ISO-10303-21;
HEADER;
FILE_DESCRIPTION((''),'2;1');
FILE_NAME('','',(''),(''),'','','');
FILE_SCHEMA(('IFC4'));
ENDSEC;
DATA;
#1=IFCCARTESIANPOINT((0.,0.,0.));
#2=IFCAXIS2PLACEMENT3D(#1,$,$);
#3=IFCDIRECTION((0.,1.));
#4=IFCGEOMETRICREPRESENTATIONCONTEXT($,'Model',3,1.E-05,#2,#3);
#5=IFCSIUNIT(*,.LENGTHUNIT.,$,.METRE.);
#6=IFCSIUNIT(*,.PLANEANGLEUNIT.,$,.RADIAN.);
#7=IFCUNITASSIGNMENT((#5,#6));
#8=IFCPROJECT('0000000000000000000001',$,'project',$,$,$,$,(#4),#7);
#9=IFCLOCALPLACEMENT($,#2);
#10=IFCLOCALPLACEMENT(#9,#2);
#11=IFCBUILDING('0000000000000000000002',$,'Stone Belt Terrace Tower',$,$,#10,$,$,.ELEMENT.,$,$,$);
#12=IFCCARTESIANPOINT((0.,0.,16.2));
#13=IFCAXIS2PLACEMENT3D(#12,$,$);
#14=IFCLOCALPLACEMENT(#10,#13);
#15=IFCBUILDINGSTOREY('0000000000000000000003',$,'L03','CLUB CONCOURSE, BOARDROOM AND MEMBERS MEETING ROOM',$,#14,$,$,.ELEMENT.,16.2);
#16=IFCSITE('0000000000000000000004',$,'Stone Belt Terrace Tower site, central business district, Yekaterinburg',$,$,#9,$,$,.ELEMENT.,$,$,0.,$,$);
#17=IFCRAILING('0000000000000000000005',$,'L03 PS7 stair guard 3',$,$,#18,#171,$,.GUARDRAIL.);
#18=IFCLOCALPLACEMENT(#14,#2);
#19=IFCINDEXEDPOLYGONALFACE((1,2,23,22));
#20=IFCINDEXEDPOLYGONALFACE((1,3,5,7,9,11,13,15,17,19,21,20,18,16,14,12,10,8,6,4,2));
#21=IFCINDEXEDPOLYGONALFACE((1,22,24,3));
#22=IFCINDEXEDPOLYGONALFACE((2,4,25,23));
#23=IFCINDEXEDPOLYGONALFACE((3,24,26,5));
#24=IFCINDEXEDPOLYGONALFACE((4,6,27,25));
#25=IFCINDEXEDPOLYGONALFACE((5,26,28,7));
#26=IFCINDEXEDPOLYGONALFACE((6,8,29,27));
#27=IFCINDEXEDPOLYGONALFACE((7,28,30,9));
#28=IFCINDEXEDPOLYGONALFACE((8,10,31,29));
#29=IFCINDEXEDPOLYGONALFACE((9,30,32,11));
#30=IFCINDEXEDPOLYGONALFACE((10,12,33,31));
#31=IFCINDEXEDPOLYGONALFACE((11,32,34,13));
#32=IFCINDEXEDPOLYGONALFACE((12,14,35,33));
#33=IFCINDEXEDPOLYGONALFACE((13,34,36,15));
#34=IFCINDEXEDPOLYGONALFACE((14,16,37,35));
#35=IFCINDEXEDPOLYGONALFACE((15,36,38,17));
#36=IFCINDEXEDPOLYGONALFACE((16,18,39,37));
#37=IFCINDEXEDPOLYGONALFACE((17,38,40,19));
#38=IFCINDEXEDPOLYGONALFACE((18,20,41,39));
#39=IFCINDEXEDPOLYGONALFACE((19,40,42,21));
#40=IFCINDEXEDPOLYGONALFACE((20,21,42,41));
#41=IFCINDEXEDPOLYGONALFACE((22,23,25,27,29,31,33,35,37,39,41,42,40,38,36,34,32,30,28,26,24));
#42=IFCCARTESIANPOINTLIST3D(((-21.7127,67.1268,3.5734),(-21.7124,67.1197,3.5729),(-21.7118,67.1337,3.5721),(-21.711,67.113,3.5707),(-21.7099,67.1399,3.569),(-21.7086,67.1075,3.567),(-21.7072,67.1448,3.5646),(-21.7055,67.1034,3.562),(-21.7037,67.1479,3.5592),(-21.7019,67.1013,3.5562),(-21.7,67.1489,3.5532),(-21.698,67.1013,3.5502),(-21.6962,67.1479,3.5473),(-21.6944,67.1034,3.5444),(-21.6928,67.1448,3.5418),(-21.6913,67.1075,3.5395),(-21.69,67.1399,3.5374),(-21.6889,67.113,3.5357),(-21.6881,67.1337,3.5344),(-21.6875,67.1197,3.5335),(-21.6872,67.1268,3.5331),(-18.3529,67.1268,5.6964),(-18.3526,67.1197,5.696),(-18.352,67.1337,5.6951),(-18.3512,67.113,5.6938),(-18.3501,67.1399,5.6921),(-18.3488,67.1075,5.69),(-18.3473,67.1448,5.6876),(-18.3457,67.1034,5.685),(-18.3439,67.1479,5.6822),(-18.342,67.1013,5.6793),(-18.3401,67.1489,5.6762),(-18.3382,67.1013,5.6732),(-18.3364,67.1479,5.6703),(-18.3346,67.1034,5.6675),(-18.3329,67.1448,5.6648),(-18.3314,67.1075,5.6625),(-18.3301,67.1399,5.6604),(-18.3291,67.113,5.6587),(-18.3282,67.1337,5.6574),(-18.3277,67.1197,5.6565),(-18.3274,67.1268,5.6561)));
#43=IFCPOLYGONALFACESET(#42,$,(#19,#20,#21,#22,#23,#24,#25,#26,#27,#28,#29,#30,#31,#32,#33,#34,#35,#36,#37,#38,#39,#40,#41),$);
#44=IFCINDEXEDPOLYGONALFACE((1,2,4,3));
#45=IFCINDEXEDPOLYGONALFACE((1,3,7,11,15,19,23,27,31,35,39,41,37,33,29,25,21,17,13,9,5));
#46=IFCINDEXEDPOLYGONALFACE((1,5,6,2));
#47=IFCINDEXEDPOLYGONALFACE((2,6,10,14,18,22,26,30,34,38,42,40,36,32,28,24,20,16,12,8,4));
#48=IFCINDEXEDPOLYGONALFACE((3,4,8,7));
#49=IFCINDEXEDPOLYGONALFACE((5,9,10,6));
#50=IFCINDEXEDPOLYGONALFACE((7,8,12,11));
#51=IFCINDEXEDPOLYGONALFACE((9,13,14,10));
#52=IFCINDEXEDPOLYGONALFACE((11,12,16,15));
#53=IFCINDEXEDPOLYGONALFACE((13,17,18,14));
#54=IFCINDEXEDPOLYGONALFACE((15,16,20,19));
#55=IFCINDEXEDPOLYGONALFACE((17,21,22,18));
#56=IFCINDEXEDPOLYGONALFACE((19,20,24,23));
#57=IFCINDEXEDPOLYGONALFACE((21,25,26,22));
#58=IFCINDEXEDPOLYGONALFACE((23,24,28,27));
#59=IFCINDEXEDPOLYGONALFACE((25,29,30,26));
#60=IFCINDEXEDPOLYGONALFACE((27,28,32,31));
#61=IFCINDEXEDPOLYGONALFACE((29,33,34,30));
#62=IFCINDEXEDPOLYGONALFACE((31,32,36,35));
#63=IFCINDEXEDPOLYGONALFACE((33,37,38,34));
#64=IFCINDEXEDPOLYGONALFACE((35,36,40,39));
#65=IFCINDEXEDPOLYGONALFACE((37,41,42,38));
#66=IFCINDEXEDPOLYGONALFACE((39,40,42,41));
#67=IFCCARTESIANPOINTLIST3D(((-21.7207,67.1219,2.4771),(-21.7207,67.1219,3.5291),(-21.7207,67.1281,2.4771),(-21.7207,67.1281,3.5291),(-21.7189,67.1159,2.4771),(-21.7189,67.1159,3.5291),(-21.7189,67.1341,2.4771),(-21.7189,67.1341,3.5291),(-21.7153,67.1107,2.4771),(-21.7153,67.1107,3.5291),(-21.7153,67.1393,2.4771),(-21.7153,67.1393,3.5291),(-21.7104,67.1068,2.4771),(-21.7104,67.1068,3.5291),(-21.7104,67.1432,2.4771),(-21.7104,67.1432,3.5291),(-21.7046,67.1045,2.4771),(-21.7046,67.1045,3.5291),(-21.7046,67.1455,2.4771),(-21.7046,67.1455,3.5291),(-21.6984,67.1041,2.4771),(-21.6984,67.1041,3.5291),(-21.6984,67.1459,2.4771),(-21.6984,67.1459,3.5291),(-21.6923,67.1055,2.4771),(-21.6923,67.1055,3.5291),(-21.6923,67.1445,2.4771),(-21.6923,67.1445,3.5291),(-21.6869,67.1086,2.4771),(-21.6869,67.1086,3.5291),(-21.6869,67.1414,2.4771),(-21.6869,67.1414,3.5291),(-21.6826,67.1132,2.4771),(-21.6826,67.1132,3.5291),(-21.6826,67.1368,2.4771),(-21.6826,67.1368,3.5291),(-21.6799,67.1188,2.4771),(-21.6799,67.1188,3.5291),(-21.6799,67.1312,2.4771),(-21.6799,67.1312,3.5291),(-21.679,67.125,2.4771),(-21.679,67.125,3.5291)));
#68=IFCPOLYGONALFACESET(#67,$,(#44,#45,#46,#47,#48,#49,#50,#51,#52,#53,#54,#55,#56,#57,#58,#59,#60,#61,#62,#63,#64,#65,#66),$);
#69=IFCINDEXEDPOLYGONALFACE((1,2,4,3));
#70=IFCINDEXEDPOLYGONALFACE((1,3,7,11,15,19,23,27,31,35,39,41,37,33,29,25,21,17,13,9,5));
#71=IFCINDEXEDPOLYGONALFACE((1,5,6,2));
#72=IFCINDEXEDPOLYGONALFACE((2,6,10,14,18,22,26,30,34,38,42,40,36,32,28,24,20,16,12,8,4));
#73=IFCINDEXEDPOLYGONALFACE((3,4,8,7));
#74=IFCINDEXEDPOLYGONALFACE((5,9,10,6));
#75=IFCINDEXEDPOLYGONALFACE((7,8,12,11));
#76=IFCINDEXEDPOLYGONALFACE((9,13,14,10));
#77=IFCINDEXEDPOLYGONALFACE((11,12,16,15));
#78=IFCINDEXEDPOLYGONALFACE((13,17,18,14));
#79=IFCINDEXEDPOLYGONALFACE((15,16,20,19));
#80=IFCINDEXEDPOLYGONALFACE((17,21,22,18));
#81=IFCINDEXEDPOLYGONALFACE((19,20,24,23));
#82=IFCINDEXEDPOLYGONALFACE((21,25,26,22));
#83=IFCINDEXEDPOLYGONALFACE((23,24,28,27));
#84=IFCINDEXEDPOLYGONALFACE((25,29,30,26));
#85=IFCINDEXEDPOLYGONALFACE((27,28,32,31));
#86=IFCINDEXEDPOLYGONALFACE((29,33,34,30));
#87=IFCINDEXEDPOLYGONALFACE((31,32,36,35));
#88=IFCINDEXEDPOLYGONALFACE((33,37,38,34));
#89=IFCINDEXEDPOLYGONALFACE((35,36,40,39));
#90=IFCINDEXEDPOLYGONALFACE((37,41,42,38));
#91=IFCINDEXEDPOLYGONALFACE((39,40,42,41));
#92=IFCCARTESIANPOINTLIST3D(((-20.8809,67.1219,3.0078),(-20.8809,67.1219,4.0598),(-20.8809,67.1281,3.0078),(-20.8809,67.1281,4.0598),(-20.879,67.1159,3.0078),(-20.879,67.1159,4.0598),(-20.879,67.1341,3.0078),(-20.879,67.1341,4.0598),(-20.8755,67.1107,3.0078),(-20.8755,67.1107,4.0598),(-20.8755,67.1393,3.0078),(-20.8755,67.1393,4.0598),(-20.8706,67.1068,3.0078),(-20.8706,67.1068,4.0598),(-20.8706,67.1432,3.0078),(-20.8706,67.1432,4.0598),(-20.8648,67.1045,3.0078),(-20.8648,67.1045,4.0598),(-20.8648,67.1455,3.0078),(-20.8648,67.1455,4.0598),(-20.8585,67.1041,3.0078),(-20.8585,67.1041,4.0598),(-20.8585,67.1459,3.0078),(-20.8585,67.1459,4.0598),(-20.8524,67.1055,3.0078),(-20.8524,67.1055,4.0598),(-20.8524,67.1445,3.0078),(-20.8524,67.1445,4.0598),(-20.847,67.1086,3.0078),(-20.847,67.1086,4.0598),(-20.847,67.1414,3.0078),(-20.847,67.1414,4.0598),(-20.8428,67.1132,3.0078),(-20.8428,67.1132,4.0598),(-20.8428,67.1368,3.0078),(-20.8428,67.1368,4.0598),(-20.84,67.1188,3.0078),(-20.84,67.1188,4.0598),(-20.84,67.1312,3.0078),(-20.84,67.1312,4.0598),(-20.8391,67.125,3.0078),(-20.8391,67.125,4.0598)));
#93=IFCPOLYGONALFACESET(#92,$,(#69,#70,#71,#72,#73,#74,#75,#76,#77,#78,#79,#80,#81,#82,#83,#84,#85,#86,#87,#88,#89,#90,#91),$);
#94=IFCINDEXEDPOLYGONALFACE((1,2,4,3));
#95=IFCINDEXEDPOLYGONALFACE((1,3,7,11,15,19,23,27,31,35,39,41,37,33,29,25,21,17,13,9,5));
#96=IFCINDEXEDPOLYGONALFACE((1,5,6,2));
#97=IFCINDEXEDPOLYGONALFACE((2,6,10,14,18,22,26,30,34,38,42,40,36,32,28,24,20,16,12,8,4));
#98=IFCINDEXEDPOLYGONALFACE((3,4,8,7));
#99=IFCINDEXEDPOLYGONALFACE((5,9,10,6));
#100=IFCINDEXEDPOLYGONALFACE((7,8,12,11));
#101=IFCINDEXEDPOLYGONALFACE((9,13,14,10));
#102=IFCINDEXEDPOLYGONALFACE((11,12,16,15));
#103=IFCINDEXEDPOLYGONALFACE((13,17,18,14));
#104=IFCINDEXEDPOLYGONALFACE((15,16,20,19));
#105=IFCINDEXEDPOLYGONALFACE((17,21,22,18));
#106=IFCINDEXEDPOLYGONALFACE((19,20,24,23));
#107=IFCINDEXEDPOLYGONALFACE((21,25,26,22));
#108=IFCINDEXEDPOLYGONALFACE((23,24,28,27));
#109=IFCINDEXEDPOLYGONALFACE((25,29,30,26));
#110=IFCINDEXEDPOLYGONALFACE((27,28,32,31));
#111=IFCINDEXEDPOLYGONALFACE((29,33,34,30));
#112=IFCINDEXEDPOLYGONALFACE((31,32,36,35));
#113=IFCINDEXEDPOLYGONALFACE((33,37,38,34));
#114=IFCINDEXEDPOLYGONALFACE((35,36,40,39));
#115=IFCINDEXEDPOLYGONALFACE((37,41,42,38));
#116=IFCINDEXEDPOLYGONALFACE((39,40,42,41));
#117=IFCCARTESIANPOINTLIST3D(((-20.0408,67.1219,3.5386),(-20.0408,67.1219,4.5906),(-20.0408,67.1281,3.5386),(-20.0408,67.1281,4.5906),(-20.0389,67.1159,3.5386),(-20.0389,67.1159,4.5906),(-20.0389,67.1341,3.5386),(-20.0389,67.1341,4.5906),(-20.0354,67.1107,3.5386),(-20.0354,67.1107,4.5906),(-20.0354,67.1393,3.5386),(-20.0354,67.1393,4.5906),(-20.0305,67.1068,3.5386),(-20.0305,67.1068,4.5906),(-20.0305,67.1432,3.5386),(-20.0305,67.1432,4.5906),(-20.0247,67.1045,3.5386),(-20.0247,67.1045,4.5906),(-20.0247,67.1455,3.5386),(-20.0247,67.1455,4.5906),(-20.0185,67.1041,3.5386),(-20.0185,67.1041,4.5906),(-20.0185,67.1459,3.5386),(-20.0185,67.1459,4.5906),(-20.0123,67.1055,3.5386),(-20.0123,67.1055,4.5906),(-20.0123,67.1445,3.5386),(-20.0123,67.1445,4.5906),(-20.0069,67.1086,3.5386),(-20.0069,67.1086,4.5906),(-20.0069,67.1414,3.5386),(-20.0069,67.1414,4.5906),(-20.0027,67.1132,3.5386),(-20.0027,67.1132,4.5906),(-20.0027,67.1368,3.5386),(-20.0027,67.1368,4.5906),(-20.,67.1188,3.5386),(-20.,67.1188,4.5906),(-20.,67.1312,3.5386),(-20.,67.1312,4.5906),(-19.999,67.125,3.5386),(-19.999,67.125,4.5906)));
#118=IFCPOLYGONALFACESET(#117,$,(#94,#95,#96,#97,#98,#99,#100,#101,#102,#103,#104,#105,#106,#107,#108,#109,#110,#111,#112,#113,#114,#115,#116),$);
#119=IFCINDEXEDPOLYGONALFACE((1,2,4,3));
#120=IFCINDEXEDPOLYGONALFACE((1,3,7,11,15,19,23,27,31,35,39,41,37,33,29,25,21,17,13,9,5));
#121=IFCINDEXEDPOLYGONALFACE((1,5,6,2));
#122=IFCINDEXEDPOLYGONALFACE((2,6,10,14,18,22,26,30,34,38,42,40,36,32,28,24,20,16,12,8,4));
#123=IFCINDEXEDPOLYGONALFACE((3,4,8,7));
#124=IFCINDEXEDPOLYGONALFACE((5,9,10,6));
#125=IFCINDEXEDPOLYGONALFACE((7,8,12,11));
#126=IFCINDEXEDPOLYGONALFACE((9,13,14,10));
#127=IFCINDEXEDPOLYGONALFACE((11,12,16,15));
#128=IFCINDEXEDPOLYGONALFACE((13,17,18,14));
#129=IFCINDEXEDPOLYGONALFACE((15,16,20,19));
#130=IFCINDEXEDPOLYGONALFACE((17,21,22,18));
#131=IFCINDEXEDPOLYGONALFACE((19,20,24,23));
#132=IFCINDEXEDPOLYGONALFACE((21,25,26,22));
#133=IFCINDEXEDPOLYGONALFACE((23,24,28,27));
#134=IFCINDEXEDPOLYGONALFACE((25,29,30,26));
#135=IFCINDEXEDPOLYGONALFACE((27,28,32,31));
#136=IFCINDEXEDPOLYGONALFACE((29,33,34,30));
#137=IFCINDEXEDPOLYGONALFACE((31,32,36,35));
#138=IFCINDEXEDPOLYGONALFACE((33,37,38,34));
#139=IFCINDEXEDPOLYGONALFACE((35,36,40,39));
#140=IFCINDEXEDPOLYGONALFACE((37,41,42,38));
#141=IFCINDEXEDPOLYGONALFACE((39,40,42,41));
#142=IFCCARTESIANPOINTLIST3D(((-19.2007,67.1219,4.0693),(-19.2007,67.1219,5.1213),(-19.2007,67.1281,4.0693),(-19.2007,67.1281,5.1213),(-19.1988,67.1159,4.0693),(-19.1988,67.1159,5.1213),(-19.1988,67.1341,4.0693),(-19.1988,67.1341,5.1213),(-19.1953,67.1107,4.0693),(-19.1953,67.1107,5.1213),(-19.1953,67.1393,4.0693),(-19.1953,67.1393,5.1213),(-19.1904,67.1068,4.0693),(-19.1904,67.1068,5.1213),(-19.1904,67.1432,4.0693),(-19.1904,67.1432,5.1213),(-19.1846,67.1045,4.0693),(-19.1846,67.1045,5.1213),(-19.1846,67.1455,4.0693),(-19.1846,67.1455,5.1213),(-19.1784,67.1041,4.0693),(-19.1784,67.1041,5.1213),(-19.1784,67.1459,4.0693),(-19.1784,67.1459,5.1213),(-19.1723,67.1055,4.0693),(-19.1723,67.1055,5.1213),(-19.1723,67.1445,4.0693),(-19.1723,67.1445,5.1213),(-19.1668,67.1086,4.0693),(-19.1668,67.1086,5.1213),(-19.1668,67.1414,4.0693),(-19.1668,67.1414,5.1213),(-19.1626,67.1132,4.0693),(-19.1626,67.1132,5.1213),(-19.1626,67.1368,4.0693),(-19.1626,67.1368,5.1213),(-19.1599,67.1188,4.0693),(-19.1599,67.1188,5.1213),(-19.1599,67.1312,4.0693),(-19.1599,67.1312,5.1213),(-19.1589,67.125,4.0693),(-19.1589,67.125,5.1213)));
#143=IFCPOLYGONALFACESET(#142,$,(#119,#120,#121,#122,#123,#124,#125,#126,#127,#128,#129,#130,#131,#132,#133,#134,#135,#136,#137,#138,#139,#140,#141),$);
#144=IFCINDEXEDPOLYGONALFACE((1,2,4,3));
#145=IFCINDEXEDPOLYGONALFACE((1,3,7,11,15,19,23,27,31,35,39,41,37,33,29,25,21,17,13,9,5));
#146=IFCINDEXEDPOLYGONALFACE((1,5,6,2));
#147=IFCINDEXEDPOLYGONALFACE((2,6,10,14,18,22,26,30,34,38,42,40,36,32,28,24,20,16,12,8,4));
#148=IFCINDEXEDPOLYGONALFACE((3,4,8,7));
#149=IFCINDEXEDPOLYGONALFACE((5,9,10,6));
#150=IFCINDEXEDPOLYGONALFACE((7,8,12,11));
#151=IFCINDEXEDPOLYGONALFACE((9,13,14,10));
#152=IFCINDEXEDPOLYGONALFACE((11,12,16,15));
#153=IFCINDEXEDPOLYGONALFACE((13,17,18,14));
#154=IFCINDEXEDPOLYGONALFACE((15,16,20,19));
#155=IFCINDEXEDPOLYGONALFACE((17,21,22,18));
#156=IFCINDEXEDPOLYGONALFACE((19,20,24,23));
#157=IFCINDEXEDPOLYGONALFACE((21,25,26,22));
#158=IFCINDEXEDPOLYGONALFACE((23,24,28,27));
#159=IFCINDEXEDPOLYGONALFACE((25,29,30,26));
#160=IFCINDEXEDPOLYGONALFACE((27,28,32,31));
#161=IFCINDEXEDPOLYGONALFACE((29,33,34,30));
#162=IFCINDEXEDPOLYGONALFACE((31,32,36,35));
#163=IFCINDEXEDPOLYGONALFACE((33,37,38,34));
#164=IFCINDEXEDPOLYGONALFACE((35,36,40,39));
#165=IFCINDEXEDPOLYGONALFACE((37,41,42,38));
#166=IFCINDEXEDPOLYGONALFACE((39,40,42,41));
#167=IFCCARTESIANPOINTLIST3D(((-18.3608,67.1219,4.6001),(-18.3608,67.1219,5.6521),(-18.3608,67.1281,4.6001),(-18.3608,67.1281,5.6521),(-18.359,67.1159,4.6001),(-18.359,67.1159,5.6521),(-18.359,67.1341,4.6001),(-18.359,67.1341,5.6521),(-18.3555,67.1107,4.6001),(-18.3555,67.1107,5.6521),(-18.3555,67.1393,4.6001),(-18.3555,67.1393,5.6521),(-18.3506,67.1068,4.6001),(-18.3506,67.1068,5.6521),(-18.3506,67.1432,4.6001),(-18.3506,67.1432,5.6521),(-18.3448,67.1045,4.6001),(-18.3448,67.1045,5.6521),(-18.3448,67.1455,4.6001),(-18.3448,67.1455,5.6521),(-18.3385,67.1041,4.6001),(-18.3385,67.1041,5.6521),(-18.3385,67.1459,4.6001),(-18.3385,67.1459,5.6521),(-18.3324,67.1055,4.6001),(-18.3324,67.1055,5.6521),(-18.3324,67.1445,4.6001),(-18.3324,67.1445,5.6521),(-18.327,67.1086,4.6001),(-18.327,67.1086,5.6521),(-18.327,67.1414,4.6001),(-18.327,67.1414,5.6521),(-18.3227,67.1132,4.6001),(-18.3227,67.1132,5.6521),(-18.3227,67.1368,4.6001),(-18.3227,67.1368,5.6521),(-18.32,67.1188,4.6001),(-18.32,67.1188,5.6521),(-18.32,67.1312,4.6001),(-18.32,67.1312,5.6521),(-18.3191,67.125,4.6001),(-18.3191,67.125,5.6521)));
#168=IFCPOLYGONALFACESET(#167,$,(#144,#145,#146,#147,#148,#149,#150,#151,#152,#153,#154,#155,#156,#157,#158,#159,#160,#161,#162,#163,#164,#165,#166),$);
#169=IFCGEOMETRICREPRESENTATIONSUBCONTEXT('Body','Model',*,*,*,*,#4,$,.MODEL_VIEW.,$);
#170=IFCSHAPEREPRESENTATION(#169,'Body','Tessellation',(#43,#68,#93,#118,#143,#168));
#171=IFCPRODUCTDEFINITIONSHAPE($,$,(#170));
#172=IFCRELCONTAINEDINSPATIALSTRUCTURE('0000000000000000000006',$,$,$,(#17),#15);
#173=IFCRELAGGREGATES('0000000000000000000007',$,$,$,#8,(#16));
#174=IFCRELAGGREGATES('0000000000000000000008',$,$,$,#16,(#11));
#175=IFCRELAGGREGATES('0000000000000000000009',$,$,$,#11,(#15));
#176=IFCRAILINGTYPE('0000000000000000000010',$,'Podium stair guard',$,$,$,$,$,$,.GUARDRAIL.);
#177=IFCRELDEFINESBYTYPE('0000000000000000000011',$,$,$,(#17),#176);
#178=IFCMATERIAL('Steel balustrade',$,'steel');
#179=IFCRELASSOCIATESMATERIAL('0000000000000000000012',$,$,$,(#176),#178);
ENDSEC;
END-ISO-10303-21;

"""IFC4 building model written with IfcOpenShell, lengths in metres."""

from ifc_helpers import new_model, si_unit, direction, frame, origin, origin_2d, place, context, subcontext, project, spatial, circle, extrude, material, type_object, element, save


model = new_model("IFC4")

# Units and contexts
model_context = context("Model", 3, precision=1e-05, world=origin(), true_north=direction((0.0, 1.0)))
body_context = subcontext(model_context, "Body", "Model", "MODEL_VIEW")
ifc_project = project(units=[si_unit("LENGTHUNIT", "METRE"), si_unit("PLANEANGLEUNIT", "RADIAN")], contexts=[model_context])

# Site, building, storey
site_placement = place(None, origin())
site = spatial("IfcSite", under=ifc_project, at=site_placement, Name="Stone Belt Terrace Tower site, central business district, Yekaterinburg", CompositionType="ELEMENT", RefElevation=0.0)
building_placement = place(site_placement, origin())
building = spatial("IfcBuilding", under=site, at=building_placement, Name="Stone Belt Terrace Tower", CompositionType="ELEMENT")
storey_placement = place(building_placement, frame((0.0, 0.0, 16.2)))
storey = spatial("IfcBuildingStorey", under=building, at=storey_placement, Name="L03", Description="CLUB CONCOURSE, BOARDROOM AND MEMBERS MEETING ROOM", CompositionType="ELEMENT", Elevation=16.2)

# Railing
ifc_material_1 = material(Name="Steel balustrade", Category="steel")
railing_type_1 = type_object("IfcRailingType", Name="Podium stair guard", PredefinedType="GUARDRAIL", material=ifc_material_1)
railing_1_placement = place(storey_placement, frame((-21.7, 67.125, 2.4771)))
element("IfcRailing", 1, at=railing_1_placement, inside=storey, type_object=railing_type_1, Name="L03 PS7 stair guard 3", PredefinedType="GUARDRAIL", context=body_context, shape_type="SweptSolid", body=[
    extrude(circle(Radius=0.0239, at=origin_2d()), frame((0.0, 0.0, 1.0762), z_axis=(0.845372, 0.0, 0.534178), x_axis=(0.0, 1.0, 0.0)), (0.0, 0.0, 1.0), 3.9744),
    extrude(circle(Radius=0.021, at=origin_2d()), origin(), (0.0, 0.0, 1.0), 1.052),
    extrude(circle(Radius=0.021, at=origin_2d()), frame((0.8398, 0.0, 0.5308)), (0.0, 0.0, 1.0), 1.052),
    extrude(circle(Radius=0.021, at=origin_2d()), frame((1.6799, 0.0, 1.0615)), (0.0, 0.0, 1.0), 1.052),
    extrude(circle(Radius=0.021, at=origin_2d()), frame((2.52, 0.0, 1.5923)), (0.0, 0.0, 1.0), 1.052),
    extrude(circle(Radius=0.021, at=origin_2d()), frame((3.3599, 0.0, 2.123)), (0.0, 0.0, 1.0), 1.052),
])

save(model, "model.ifc")
